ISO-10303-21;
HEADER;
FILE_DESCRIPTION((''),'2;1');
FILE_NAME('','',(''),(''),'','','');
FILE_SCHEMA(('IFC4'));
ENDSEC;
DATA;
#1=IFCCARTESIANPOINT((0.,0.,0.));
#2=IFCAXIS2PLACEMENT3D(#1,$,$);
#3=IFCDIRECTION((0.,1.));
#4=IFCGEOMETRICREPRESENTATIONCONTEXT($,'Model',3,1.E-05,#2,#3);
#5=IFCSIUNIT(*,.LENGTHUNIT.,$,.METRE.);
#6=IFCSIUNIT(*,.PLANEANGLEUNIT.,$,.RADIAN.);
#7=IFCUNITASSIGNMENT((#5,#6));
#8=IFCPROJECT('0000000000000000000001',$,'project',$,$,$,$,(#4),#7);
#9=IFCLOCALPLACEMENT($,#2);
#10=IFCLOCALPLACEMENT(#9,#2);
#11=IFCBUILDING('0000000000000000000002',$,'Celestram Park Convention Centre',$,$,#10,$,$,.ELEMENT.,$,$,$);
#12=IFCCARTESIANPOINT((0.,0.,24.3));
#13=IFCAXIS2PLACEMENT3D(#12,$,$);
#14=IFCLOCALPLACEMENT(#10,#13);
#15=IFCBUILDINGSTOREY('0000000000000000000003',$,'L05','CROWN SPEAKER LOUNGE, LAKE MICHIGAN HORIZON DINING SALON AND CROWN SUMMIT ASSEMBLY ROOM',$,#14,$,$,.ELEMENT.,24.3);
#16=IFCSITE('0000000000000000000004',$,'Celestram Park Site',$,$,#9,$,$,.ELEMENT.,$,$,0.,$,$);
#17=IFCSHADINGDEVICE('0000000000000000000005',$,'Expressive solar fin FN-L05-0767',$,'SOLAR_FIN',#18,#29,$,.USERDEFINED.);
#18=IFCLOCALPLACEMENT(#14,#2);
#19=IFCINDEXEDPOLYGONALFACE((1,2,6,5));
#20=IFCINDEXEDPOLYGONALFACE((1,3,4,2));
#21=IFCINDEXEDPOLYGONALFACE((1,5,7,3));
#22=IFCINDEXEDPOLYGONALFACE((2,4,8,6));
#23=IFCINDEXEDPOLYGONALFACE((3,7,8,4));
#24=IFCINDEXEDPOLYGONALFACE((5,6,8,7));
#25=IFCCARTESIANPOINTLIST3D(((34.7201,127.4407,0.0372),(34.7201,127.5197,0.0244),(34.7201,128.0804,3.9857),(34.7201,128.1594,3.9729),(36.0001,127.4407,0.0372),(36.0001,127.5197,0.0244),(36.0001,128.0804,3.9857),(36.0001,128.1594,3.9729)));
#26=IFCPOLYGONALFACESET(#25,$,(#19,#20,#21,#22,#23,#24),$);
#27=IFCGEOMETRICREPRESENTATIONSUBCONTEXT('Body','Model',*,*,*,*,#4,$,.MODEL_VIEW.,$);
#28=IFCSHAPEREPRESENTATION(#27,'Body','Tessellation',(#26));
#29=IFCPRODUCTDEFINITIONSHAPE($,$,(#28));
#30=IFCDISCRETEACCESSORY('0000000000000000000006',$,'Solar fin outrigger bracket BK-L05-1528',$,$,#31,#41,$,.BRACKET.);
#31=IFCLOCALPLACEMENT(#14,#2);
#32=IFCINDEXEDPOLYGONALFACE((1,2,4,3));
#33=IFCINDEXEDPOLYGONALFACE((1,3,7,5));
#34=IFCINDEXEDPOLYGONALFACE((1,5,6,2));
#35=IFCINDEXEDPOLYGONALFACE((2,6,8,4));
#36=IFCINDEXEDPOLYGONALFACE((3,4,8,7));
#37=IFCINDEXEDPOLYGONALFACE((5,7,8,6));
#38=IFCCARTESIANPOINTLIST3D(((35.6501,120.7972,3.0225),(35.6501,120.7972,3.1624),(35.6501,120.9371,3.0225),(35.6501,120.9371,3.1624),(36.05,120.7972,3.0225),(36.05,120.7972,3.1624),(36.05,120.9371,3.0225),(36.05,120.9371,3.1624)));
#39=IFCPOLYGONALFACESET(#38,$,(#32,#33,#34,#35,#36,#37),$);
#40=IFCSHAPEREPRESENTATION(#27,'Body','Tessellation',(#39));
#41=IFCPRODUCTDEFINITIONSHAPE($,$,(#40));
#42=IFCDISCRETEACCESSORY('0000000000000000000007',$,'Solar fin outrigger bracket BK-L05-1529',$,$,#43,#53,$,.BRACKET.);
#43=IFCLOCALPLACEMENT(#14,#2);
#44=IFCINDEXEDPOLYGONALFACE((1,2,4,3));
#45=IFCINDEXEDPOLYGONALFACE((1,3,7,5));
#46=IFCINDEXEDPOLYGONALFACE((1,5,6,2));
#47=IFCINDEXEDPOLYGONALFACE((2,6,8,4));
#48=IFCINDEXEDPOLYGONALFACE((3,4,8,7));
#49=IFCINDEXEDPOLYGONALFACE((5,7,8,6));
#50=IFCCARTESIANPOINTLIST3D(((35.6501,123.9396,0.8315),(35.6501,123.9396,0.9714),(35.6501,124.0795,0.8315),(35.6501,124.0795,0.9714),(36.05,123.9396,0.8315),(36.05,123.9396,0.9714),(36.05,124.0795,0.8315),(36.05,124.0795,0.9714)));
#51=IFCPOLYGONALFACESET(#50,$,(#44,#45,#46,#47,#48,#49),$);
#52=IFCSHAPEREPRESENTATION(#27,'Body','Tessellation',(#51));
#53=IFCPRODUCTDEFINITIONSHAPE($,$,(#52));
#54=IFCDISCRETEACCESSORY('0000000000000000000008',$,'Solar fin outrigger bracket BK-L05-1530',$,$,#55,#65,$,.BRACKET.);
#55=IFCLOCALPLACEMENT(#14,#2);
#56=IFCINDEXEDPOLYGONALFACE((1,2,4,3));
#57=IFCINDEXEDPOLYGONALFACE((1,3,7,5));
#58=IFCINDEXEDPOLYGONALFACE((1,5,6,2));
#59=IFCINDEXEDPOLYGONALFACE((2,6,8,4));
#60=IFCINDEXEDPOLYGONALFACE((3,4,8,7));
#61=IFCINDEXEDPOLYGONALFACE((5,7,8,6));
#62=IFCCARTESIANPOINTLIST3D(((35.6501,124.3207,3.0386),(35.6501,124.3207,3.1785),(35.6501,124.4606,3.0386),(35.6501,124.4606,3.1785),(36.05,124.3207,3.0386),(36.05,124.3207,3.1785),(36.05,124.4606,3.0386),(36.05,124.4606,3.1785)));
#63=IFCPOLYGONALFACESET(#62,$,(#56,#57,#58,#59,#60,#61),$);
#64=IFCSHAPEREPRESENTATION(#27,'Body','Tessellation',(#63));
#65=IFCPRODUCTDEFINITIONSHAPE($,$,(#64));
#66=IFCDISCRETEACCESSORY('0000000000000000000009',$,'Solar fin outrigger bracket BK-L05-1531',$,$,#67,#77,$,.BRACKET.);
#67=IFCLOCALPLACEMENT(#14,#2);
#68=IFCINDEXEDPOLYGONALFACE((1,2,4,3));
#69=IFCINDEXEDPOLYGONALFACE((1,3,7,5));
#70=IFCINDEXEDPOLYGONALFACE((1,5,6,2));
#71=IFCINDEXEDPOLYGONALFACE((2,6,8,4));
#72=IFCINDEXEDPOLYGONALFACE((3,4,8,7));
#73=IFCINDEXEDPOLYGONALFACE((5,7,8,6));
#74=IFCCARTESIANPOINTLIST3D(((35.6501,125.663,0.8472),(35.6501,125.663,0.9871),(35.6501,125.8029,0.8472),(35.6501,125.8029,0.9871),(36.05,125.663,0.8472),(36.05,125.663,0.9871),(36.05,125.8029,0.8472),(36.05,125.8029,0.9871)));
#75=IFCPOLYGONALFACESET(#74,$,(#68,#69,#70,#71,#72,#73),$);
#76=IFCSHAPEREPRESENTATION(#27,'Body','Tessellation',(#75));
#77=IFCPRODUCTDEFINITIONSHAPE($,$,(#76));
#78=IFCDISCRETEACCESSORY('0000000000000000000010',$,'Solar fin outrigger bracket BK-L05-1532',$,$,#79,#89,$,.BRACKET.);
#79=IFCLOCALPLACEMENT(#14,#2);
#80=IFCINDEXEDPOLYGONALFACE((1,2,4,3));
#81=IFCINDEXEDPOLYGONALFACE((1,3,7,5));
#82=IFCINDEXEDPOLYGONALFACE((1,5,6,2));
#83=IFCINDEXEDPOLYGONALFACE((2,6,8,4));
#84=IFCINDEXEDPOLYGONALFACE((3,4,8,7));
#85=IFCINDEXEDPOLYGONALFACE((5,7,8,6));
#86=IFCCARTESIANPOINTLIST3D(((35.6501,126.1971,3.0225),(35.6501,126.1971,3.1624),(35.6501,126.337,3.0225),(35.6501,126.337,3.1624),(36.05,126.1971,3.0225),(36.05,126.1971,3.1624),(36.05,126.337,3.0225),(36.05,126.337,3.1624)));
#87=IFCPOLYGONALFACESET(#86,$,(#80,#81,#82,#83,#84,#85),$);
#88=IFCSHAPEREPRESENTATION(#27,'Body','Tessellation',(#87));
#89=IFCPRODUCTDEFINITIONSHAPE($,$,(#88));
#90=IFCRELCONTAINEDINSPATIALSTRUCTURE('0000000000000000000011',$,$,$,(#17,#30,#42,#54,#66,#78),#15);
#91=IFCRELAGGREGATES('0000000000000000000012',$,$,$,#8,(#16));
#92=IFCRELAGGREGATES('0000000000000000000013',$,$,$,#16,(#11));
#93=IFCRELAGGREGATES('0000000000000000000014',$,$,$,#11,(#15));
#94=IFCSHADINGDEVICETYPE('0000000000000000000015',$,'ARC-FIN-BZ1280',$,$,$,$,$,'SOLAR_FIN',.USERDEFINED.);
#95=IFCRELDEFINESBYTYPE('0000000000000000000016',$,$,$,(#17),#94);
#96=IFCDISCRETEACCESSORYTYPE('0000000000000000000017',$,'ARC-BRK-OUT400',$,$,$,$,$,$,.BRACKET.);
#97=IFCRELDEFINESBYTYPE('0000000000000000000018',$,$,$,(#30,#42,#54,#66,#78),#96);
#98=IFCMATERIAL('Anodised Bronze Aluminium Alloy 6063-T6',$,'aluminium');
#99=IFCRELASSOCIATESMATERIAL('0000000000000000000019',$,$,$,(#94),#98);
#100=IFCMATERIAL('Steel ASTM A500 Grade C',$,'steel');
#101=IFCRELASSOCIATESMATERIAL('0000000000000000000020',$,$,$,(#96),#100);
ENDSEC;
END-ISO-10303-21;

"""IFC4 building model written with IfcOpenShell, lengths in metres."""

from ifc_helpers import new_model, si_unit, direction, frame, origin, origin_2d, place, context, subcontext, project, spatial, rectangle, extrude, material, material_profile, profile_set, type_object, element, save


model = new_model("IFC4")

# Units and contexts
model_context = context("Model", 3, precision=1e-05, world=origin(), true_north=direction((0.0, 1.0)))
body_context = subcontext(model_context, "Body", "Model", "MODEL_VIEW")
ifc_project = project(units=[si_unit("LENGTHUNIT", "METRE"), si_unit("PLANEANGLEUNIT", "RADIAN")], contexts=[model_context])

# Site, building, storey
site_placement = place(None, origin())
site = spatial("IfcSite", under=ifc_project, at=site_placement, Name="Celestram Park Site", CompositionType="ELEMENT", RefElevation=0.0)
building_placement = place(site_placement, origin())
building = spatial("IfcBuilding", under=site, at=building_placement, Name="Celestram Park Convention Centre", CompositionType="ELEMENT")
storey_placement = place(building_placement, frame((0.0, 0.0, 24.3)))
storey = spatial("IfcBuildingStorey", under=building, at=storey_placement, Name="L05", Description="CROWN SPEAKER LOUNGE, LAKE MICHIGAN HORIZON DINING SALON AND CROWN SUMMIT ASSEMBLY ROOM", CompositionType="ELEMENT", Elevation=24.3)

# Shared definitions
ifc_material_1 = material(Name="Steel ASTM A500 Grade C", Category="steel")

# Shading device
ifc_material_2 = material(Name="Anodised Bronze Aluminium Alloy 6063-T6", Category="aluminium")
ifc_material_profile_1 = material_profile(ifc_material_2, rectangle(XDim=1.28, YDim=0.0801, at=origin_2d()), Name="FIN1280X80")
ifc_profile_set_1 = profile_set([ifc_material_profile_1], Name="Anodised Bronze Aluminium Alloy 6063-T6")
shading_device_type = type_object("IfcShadingDeviceType", Name="ARC-FIN-BZ1280", ElementType="SOLAR_FIN", PredefinedType="USERDEFINED", material=ifc_profile_set_1)
for number, where, z_axis, x_axis, name in (
    (1, (35.3601, 127.4802, 0.0308), (0.0, 0.159914, 0.987131), (-1.0, 0.0, 0.0), "Expressive solar fin FN-L05-0767"),
):
    element("IfcShadingDevice", number, at=place(storey_placement, frame(where, z_axis=z_axis, x_axis=x_axis)), inside=storey, type_object=shading_device_type, Name=name, ObjectType="SOLAR_FIN", PredefinedType="USERDEFINED", context=body_context, shape_type="SweptSolid", body=[
        extrude(rectangle(XDim=1.28, YDim=0.0801, at=origin_2d()), origin(), (0.0, 0.0, 1.0), 4.0),
    ])

# Discrete accessories
discrete_accessory_type = type_object("IfcDiscreteAccessoryType", Name="ARC-BRK-OUT400", PredefinedType="BRACKET", material=ifc_material_1)
for number, where, z_axis, x_axis, name in (
    (2, (35.8501, 120.8672, 3.0225), (0.0, 0.0, 1.0), (-1.0, 0.0, 0.0), "Solar fin outrigger bracket BK-L05-1528"),
    (3, (35.8501, 124.0095, 0.8315), (0.0, 0.0, 1.0), (-1.0, 0.0, 0.0), "Solar fin outrigger bracket BK-L05-1529"),
    (4, (35.8501, 124.3906, 3.0386), (0.0, 0.0, 1.0), (-1.0, 0.0, 0.0), "Solar fin outrigger bracket BK-L05-1530"),
    (5, (35.8501, 125.7329, 0.8472), (0.0, 0.0, 1.0), (-1.0, 0.0, 0.0), "Solar fin outrigger bracket BK-L05-1531"),
    (6, (35.8501, 126.2671, 3.0225), (0.0, 0.0, 1.0), (-1.0, 0.0, 0.0), "Solar fin outrigger bracket BK-L05-1532"),
):
    element("IfcDiscreteAccessory", number, at=place(storey_placement, frame(where, z_axis=z_axis, x_axis=x_axis)), inside=storey, type_object=discrete_accessory_type, Name=name, PredefinedType="BRACKET", context=body_context, shape_type="SweptSolid", body=[
        extrude(rectangle(XDim=0.3999, YDim=0.1399, at=origin_2d()), origin(), (0.0, 0.0, 1.0), 0.1399),
    ])

save(model, "model.ifc")
